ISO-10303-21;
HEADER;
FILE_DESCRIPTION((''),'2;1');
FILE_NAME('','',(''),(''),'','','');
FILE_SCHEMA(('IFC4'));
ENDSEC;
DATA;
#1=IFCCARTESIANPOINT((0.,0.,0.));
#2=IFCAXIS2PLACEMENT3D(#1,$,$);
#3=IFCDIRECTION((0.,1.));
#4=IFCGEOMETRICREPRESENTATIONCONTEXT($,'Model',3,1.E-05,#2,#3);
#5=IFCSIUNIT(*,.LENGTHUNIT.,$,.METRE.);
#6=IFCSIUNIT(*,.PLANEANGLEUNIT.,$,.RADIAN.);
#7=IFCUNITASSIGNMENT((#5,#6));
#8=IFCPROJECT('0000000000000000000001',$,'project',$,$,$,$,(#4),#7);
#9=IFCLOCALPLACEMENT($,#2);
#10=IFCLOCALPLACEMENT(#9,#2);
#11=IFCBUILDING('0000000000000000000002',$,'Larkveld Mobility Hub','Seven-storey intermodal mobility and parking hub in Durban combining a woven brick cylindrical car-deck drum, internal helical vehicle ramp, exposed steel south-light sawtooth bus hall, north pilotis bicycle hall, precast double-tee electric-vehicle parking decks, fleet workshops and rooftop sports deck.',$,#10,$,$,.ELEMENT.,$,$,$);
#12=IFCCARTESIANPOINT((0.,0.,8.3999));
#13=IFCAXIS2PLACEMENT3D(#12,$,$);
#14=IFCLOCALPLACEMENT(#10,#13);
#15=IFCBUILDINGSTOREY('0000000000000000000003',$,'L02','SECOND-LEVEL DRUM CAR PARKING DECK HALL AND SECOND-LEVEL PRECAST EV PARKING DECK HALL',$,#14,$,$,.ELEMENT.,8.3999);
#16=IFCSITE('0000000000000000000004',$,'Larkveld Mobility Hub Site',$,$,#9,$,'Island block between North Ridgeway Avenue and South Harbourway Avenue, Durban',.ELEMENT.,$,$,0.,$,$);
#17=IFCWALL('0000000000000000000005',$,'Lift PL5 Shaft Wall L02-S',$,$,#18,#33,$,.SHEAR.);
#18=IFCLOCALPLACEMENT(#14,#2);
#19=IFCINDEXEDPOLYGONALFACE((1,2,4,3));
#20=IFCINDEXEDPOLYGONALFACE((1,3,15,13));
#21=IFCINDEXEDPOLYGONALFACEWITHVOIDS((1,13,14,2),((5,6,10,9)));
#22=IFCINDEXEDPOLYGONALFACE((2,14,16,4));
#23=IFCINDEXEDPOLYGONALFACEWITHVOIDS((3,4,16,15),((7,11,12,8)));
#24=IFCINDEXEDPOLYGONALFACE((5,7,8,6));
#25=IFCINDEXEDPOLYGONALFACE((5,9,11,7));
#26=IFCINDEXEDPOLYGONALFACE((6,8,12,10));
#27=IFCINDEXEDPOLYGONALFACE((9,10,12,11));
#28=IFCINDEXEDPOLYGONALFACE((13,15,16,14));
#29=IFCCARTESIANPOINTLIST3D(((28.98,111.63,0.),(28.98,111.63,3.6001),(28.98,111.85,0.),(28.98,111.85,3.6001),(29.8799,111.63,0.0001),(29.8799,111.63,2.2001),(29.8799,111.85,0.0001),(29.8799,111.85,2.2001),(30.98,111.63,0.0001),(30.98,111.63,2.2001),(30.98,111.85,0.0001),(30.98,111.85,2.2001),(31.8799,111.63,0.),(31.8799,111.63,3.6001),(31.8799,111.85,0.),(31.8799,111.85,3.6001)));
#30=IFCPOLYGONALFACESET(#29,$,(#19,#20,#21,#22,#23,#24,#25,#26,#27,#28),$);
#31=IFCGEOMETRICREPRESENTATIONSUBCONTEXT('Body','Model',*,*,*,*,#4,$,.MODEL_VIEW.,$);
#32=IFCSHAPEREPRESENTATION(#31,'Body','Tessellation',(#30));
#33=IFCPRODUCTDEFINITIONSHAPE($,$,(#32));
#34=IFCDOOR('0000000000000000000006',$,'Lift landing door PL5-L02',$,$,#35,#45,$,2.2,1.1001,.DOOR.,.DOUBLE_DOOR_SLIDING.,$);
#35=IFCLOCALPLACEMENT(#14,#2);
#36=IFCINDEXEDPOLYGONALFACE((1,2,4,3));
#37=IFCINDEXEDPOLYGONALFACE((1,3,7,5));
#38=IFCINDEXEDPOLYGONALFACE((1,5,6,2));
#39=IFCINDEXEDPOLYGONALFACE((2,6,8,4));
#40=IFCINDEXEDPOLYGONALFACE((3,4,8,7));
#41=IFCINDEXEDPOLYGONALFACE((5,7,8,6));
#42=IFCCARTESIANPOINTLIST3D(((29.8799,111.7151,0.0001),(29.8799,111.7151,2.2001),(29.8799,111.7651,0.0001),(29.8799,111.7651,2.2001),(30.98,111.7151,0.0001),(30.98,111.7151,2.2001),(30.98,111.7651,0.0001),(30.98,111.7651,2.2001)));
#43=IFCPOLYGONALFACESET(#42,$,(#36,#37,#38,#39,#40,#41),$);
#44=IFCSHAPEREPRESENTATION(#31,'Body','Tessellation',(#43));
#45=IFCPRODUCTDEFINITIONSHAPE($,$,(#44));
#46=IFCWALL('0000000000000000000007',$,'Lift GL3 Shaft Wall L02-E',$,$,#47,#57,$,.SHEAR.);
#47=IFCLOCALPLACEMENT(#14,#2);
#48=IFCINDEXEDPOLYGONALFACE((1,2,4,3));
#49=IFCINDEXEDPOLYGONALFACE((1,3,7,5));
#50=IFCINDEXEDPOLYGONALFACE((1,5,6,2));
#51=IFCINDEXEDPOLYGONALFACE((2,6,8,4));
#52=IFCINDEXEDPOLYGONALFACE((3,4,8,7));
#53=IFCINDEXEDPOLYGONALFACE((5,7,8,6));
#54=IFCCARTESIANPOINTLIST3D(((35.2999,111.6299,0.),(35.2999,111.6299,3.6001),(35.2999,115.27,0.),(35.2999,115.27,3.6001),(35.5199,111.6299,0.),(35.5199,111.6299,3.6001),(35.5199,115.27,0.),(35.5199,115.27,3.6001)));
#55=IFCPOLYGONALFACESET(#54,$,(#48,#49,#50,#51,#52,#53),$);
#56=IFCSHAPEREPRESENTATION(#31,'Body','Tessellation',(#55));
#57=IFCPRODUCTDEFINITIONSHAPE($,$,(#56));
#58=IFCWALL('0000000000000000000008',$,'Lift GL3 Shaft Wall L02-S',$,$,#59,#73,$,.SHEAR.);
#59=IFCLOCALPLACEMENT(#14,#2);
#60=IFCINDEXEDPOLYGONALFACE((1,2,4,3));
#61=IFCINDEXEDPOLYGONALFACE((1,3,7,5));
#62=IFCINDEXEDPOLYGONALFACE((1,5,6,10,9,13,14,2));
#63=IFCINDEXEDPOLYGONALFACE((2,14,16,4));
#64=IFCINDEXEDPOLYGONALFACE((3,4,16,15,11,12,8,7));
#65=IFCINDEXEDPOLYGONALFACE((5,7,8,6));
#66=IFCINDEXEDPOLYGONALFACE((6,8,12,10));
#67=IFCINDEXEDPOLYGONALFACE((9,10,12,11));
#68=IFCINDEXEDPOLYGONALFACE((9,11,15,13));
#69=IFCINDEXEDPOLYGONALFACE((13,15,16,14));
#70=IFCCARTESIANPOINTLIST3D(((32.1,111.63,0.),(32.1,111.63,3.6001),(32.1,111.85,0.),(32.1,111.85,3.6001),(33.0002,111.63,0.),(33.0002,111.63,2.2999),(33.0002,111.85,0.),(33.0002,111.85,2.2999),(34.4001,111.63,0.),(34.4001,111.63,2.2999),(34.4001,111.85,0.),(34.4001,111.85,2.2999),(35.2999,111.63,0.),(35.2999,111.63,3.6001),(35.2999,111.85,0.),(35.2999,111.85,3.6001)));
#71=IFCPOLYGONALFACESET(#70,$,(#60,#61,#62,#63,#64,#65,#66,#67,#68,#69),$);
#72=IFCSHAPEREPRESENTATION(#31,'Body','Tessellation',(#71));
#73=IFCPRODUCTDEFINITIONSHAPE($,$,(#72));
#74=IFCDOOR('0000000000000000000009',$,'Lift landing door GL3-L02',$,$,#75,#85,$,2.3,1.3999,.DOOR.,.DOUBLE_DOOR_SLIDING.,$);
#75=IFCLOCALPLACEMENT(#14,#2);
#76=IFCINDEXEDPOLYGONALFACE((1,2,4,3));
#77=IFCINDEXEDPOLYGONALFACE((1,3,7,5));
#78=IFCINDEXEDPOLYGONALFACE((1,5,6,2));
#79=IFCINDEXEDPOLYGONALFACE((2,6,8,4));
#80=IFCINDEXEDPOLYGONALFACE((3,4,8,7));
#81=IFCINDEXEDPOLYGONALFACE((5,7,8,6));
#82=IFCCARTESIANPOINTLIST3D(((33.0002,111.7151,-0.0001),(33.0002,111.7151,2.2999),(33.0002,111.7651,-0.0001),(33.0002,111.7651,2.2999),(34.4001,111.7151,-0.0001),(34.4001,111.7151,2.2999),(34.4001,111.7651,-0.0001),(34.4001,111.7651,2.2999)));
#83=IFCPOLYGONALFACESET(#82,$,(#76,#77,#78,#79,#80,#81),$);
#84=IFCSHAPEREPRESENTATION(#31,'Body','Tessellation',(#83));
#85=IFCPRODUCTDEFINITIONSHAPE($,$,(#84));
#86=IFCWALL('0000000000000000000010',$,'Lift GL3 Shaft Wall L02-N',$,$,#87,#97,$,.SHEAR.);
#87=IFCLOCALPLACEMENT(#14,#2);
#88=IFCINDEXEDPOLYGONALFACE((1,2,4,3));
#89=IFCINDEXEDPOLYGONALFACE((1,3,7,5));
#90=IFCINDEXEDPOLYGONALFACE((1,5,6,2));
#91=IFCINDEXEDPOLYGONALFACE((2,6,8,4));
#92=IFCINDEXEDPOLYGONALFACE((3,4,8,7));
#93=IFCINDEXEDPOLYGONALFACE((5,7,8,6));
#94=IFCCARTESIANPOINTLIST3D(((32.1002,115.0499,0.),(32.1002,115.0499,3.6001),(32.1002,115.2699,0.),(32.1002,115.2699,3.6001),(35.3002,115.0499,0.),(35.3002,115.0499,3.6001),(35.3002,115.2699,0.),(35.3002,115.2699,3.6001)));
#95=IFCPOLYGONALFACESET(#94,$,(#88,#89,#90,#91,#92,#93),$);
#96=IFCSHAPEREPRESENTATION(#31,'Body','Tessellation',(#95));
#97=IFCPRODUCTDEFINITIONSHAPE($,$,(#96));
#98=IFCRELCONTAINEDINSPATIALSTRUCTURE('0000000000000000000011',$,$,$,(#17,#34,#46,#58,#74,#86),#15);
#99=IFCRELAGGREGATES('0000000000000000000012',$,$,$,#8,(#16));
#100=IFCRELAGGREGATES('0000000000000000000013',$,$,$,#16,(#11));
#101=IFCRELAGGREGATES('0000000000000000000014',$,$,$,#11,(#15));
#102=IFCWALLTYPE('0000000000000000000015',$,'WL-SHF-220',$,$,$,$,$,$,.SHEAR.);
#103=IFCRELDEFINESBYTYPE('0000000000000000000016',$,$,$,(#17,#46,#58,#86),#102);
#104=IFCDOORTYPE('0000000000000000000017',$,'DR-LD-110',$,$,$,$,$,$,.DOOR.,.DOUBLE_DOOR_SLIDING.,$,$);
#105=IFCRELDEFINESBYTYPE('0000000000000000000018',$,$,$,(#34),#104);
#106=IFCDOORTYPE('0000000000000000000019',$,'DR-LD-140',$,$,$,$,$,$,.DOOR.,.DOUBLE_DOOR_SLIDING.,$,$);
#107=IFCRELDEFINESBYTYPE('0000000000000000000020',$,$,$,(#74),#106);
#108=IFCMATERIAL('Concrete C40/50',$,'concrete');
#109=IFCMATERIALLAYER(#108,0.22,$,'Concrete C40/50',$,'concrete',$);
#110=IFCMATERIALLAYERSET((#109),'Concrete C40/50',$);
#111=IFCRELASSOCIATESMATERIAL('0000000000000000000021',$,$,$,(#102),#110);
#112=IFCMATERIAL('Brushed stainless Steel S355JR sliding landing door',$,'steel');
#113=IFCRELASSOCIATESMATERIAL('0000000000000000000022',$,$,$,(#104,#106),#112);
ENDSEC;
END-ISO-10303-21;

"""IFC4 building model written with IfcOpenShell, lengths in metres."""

from ifc_helpers import new_model, si_unit, direction, frame, frame_2d, origin, place, context, subcontext, project, spatial, rectangle, extrude, material, layer, layer_set, type_object, element, fill, save


model = new_model("IFC4")

# Units and contexts
model_context = context("Model", 3, precision=1e-05, world=origin(), true_north=direction((0.0, 1.0)))
body_context = subcontext(model_context, "Body", "Model", "MODEL_VIEW")
ifc_project = project(units=[si_unit("LENGTHUNIT", "METRE"), si_unit("PLANEANGLEUNIT", "RADIAN")], contexts=[model_context])

# Site, building, storey
site_placement = place(None, origin())
site = spatial("IfcSite", under=ifc_project, at=site_placement, Name="Larkveld Mobility Hub Site", LongName="Island block between North Ridgeway Avenue and South Harbourway Avenue, Durban", CompositionType="ELEMENT", RefElevation=0.0)
building_placement = place(site_placement, origin())
building = spatial("IfcBuilding", under=site, at=building_placement, Name="Larkveld Mobility Hub", Description="Seven-storey intermodal mobility and parking hub in Durban combining a woven brick cylindrical car-deck drum, internal helical vehicle ramp, exposed steel south-light sawtooth bus hall, north pilotis bicycle hall, precast double-tee electric-vehicle parking decks, fleet workshops and rooftop sports deck.", CompositionType="ELEMENT")
storey_placement = place(building_placement, frame((0.0, 0.0, 8.3999)))
storey = spatial("IfcBuildingStorey", under=building, at=storey_placement, Name="L02", Description="SECOND-LEVEL DRUM CAR PARKING DECK HALL AND SECOND-LEVEL PRECAST EV PARKING DECK HALL", CompositionType="ELEMENT", Elevation=8.3999)

# Shared definitions
ifc_material_1 = material(Name="Concrete C40/50", Category="concrete")

# Shared definitions
ifc_layer = layer(ifc_material_1, 0.22, Name="Concrete C40/50", Category="concrete")
ifc_layer_set = layer_set([ifc_layer], Name="Concrete C40/50")
wall_type = type_object("IfcWallType", Name="WL-SHF-220", PredefinedType="SHEAR", material=ifc_layer_set)

# Wall, opening, door
wall_1_placement = place(storey_placement, frame((31.8799, 111.74, 0.0), z_axis=(0.0, 0.0, 1.0), x_axis=(-1.0, 0.0, 0.0)))
wall_1 = element("IfcWall", 1, at=wall_1_placement, inside=storey, type_object=wall_type, Name="Lift PL5 Shaft Wall L02-S", PredefinedType="SHEAR", context=body_context, shape_type="SweptSolid", body=[
    extrude(rectangle(XDim=2.8999, YDim=0.22, at=frame_2d((1.45, 0.0))), origin(), (0.0, 0.0, 1.0), 3.6001),
])
opening_1_placement = place(wall_1_placement, frame((0.8999, 0.0, 0.0)))
opening_1 = element("IfcOpeningElement", 2, at=opening_1_placement, cuts=wall_1, PredefinedType="OPENING", context=body_context, shape_type="SweptSolid", body=[
    extrude(rectangle(XDim=1.1001, YDim=2.2, at=frame_2d((0.55, 1.1001))), frame((0.0, 0.1201, 0.0), z_axis=(0.0, -1.0, 0.0), x_axis=(1.0, 0.0, 0.0)), (0.0, 0.0, 1.0), 0.24),
])
ifc_material_2 = material(Name="Brushed stainless Steel S355JR sliding landing door", Category="steel")
door_type_1 = type_object("IfcDoorType", Name="DR-LD-110", OperationType="DOUBLE_DOOR_SLIDING", PredefinedType="DOOR", material=ifc_material_2)
door_1_placement = place(opening_1_placement, origin())
door_1 = element("IfcDoor", 3, at=door_1_placement, inside=storey, type_object=door_type_1, Name="Lift landing door PL5-L02", OperationType="DOUBLE_DOOR_SLIDING", OverallHeight=2.2, OverallWidth=1.1001, PredefinedType="DOOR", context=body_context, shape_type="SweptSolid", body=[
    extrude(rectangle(XDim=1.1001, YDim=2.2, at=frame_2d((0.55, 1.1001))), frame((0.0, 0.0249, 0.0), z_axis=(0.0, -1.0, 0.0), x_axis=(1.0, 0.0, 0.0)), (0.0, 0.0, 1.0), 0.05),
])
fill(opening_1, door_1)

# Wall
wall_2_placement = place(storey_placement, frame((35.4099, 115.27, 0.0), z_axis=(0.0, 0.0, 1.0), x_axis=(0.0, -1.0, 0.0)))
element("IfcWall", 4, at=wall_2_placement, inside=storey, type_object=wall_type, Name="Lift GL3 Shaft Wall L02-E", PredefinedType="SHEAR", context=body_context, shape_type="SweptSolid", body=[
    extrude(rectangle(XDim=3.6401, YDim=0.22, at=frame_2d((1.8201, 0.0))), origin(), (0.0, 0.0, 1.0), 3.6001),
])

# Wall, opening, door
wall_3_placement = place(storey_placement, frame((35.3, 111.74, 0.0), z_axis=(0.0, 0.0, 1.0), x_axis=(-1.0, 0.0, 0.0)))
wall_3 = element("IfcWall", 5, at=wall_3_placement, inside=storey, type_object=wall_type, Name="Lift GL3 Shaft Wall L02-S", PredefinedType="SHEAR", context=body_context, shape_type="SweptSolid", body=[
    extrude(rectangle(XDim=3.2, YDim=0.22, at=frame_2d((1.6001, 0.0))), origin(), (0.0, 0.0, 1.0), 3.6001),
])
opening_2_placement = place(wall_3_placement, frame((0.8999, 0.0, 0.0)))
opening_2 = element("IfcOpeningElement", 6, at=opening_2_placement, cuts=wall_3, PredefinedType="OPENING", context=body_context, shape_type="SweptSolid", body=[
    extrude(rectangle(XDim=1.3999, YDim=2.3, at=frame_2d((0.7, 1.1499))), frame((0.0, 0.1201, 0.0), z_axis=(0.0, -1.0, 0.0), x_axis=(1.0, 0.0, 0.0)), (0.0, 0.0, 1.0), 0.24),
])
door_type_2 = type_object("IfcDoorType", Name="DR-LD-140", OperationType="DOUBLE_DOOR_SLIDING", PredefinedType="DOOR", material=ifc_material_2)
door_2_placement = place(opening_2_placement, origin())
door_2 = element("IfcDoor", 7, at=door_2_placement, inside=storey, type_object=door_type_2, Name="Lift landing door GL3-L02", OperationType="DOUBLE_DOOR_SLIDING", OverallHeight=2.3, OverallWidth=1.3999, PredefinedType="DOOR", context=body_context, shape_type="SweptSolid", body=[
    extrude(rectangle(XDim=1.3999, YDim=2.3, at=frame_2d((0.7, 1.1499))), frame((0.0, 0.0249, 0.0), z_axis=(0.0, -1.0, 0.0), x_axis=(1.0, 0.0, 0.0)), (0.0, 0.0, 1.0), 0.05),
])
fill(opening_2, door_2)

# Wall
wall_4_placement = place(storey_placement, frame((32.1001, 115.1599, 0.0), z_axis=(0.0, 0.0, 1.0), x_axis=(1.0, 0.0, 0.0)))
element("IfcWall", 8, at=wall_4_placement, inside=storey, type_object=wall_type, Name="Lift GL3 Shaft Wall L02-N", PredefinedType="SHEAR", context=body_context, shape_type="SweptSolid", body=[
    extrude(rectangle(XDim=3.2, YDim=0.22, at=frame_2d((1.6001, 0.0))), origin(), (0.0, 0.0, 1.0), 3.6001),
])

save(model, "model.ifc")
